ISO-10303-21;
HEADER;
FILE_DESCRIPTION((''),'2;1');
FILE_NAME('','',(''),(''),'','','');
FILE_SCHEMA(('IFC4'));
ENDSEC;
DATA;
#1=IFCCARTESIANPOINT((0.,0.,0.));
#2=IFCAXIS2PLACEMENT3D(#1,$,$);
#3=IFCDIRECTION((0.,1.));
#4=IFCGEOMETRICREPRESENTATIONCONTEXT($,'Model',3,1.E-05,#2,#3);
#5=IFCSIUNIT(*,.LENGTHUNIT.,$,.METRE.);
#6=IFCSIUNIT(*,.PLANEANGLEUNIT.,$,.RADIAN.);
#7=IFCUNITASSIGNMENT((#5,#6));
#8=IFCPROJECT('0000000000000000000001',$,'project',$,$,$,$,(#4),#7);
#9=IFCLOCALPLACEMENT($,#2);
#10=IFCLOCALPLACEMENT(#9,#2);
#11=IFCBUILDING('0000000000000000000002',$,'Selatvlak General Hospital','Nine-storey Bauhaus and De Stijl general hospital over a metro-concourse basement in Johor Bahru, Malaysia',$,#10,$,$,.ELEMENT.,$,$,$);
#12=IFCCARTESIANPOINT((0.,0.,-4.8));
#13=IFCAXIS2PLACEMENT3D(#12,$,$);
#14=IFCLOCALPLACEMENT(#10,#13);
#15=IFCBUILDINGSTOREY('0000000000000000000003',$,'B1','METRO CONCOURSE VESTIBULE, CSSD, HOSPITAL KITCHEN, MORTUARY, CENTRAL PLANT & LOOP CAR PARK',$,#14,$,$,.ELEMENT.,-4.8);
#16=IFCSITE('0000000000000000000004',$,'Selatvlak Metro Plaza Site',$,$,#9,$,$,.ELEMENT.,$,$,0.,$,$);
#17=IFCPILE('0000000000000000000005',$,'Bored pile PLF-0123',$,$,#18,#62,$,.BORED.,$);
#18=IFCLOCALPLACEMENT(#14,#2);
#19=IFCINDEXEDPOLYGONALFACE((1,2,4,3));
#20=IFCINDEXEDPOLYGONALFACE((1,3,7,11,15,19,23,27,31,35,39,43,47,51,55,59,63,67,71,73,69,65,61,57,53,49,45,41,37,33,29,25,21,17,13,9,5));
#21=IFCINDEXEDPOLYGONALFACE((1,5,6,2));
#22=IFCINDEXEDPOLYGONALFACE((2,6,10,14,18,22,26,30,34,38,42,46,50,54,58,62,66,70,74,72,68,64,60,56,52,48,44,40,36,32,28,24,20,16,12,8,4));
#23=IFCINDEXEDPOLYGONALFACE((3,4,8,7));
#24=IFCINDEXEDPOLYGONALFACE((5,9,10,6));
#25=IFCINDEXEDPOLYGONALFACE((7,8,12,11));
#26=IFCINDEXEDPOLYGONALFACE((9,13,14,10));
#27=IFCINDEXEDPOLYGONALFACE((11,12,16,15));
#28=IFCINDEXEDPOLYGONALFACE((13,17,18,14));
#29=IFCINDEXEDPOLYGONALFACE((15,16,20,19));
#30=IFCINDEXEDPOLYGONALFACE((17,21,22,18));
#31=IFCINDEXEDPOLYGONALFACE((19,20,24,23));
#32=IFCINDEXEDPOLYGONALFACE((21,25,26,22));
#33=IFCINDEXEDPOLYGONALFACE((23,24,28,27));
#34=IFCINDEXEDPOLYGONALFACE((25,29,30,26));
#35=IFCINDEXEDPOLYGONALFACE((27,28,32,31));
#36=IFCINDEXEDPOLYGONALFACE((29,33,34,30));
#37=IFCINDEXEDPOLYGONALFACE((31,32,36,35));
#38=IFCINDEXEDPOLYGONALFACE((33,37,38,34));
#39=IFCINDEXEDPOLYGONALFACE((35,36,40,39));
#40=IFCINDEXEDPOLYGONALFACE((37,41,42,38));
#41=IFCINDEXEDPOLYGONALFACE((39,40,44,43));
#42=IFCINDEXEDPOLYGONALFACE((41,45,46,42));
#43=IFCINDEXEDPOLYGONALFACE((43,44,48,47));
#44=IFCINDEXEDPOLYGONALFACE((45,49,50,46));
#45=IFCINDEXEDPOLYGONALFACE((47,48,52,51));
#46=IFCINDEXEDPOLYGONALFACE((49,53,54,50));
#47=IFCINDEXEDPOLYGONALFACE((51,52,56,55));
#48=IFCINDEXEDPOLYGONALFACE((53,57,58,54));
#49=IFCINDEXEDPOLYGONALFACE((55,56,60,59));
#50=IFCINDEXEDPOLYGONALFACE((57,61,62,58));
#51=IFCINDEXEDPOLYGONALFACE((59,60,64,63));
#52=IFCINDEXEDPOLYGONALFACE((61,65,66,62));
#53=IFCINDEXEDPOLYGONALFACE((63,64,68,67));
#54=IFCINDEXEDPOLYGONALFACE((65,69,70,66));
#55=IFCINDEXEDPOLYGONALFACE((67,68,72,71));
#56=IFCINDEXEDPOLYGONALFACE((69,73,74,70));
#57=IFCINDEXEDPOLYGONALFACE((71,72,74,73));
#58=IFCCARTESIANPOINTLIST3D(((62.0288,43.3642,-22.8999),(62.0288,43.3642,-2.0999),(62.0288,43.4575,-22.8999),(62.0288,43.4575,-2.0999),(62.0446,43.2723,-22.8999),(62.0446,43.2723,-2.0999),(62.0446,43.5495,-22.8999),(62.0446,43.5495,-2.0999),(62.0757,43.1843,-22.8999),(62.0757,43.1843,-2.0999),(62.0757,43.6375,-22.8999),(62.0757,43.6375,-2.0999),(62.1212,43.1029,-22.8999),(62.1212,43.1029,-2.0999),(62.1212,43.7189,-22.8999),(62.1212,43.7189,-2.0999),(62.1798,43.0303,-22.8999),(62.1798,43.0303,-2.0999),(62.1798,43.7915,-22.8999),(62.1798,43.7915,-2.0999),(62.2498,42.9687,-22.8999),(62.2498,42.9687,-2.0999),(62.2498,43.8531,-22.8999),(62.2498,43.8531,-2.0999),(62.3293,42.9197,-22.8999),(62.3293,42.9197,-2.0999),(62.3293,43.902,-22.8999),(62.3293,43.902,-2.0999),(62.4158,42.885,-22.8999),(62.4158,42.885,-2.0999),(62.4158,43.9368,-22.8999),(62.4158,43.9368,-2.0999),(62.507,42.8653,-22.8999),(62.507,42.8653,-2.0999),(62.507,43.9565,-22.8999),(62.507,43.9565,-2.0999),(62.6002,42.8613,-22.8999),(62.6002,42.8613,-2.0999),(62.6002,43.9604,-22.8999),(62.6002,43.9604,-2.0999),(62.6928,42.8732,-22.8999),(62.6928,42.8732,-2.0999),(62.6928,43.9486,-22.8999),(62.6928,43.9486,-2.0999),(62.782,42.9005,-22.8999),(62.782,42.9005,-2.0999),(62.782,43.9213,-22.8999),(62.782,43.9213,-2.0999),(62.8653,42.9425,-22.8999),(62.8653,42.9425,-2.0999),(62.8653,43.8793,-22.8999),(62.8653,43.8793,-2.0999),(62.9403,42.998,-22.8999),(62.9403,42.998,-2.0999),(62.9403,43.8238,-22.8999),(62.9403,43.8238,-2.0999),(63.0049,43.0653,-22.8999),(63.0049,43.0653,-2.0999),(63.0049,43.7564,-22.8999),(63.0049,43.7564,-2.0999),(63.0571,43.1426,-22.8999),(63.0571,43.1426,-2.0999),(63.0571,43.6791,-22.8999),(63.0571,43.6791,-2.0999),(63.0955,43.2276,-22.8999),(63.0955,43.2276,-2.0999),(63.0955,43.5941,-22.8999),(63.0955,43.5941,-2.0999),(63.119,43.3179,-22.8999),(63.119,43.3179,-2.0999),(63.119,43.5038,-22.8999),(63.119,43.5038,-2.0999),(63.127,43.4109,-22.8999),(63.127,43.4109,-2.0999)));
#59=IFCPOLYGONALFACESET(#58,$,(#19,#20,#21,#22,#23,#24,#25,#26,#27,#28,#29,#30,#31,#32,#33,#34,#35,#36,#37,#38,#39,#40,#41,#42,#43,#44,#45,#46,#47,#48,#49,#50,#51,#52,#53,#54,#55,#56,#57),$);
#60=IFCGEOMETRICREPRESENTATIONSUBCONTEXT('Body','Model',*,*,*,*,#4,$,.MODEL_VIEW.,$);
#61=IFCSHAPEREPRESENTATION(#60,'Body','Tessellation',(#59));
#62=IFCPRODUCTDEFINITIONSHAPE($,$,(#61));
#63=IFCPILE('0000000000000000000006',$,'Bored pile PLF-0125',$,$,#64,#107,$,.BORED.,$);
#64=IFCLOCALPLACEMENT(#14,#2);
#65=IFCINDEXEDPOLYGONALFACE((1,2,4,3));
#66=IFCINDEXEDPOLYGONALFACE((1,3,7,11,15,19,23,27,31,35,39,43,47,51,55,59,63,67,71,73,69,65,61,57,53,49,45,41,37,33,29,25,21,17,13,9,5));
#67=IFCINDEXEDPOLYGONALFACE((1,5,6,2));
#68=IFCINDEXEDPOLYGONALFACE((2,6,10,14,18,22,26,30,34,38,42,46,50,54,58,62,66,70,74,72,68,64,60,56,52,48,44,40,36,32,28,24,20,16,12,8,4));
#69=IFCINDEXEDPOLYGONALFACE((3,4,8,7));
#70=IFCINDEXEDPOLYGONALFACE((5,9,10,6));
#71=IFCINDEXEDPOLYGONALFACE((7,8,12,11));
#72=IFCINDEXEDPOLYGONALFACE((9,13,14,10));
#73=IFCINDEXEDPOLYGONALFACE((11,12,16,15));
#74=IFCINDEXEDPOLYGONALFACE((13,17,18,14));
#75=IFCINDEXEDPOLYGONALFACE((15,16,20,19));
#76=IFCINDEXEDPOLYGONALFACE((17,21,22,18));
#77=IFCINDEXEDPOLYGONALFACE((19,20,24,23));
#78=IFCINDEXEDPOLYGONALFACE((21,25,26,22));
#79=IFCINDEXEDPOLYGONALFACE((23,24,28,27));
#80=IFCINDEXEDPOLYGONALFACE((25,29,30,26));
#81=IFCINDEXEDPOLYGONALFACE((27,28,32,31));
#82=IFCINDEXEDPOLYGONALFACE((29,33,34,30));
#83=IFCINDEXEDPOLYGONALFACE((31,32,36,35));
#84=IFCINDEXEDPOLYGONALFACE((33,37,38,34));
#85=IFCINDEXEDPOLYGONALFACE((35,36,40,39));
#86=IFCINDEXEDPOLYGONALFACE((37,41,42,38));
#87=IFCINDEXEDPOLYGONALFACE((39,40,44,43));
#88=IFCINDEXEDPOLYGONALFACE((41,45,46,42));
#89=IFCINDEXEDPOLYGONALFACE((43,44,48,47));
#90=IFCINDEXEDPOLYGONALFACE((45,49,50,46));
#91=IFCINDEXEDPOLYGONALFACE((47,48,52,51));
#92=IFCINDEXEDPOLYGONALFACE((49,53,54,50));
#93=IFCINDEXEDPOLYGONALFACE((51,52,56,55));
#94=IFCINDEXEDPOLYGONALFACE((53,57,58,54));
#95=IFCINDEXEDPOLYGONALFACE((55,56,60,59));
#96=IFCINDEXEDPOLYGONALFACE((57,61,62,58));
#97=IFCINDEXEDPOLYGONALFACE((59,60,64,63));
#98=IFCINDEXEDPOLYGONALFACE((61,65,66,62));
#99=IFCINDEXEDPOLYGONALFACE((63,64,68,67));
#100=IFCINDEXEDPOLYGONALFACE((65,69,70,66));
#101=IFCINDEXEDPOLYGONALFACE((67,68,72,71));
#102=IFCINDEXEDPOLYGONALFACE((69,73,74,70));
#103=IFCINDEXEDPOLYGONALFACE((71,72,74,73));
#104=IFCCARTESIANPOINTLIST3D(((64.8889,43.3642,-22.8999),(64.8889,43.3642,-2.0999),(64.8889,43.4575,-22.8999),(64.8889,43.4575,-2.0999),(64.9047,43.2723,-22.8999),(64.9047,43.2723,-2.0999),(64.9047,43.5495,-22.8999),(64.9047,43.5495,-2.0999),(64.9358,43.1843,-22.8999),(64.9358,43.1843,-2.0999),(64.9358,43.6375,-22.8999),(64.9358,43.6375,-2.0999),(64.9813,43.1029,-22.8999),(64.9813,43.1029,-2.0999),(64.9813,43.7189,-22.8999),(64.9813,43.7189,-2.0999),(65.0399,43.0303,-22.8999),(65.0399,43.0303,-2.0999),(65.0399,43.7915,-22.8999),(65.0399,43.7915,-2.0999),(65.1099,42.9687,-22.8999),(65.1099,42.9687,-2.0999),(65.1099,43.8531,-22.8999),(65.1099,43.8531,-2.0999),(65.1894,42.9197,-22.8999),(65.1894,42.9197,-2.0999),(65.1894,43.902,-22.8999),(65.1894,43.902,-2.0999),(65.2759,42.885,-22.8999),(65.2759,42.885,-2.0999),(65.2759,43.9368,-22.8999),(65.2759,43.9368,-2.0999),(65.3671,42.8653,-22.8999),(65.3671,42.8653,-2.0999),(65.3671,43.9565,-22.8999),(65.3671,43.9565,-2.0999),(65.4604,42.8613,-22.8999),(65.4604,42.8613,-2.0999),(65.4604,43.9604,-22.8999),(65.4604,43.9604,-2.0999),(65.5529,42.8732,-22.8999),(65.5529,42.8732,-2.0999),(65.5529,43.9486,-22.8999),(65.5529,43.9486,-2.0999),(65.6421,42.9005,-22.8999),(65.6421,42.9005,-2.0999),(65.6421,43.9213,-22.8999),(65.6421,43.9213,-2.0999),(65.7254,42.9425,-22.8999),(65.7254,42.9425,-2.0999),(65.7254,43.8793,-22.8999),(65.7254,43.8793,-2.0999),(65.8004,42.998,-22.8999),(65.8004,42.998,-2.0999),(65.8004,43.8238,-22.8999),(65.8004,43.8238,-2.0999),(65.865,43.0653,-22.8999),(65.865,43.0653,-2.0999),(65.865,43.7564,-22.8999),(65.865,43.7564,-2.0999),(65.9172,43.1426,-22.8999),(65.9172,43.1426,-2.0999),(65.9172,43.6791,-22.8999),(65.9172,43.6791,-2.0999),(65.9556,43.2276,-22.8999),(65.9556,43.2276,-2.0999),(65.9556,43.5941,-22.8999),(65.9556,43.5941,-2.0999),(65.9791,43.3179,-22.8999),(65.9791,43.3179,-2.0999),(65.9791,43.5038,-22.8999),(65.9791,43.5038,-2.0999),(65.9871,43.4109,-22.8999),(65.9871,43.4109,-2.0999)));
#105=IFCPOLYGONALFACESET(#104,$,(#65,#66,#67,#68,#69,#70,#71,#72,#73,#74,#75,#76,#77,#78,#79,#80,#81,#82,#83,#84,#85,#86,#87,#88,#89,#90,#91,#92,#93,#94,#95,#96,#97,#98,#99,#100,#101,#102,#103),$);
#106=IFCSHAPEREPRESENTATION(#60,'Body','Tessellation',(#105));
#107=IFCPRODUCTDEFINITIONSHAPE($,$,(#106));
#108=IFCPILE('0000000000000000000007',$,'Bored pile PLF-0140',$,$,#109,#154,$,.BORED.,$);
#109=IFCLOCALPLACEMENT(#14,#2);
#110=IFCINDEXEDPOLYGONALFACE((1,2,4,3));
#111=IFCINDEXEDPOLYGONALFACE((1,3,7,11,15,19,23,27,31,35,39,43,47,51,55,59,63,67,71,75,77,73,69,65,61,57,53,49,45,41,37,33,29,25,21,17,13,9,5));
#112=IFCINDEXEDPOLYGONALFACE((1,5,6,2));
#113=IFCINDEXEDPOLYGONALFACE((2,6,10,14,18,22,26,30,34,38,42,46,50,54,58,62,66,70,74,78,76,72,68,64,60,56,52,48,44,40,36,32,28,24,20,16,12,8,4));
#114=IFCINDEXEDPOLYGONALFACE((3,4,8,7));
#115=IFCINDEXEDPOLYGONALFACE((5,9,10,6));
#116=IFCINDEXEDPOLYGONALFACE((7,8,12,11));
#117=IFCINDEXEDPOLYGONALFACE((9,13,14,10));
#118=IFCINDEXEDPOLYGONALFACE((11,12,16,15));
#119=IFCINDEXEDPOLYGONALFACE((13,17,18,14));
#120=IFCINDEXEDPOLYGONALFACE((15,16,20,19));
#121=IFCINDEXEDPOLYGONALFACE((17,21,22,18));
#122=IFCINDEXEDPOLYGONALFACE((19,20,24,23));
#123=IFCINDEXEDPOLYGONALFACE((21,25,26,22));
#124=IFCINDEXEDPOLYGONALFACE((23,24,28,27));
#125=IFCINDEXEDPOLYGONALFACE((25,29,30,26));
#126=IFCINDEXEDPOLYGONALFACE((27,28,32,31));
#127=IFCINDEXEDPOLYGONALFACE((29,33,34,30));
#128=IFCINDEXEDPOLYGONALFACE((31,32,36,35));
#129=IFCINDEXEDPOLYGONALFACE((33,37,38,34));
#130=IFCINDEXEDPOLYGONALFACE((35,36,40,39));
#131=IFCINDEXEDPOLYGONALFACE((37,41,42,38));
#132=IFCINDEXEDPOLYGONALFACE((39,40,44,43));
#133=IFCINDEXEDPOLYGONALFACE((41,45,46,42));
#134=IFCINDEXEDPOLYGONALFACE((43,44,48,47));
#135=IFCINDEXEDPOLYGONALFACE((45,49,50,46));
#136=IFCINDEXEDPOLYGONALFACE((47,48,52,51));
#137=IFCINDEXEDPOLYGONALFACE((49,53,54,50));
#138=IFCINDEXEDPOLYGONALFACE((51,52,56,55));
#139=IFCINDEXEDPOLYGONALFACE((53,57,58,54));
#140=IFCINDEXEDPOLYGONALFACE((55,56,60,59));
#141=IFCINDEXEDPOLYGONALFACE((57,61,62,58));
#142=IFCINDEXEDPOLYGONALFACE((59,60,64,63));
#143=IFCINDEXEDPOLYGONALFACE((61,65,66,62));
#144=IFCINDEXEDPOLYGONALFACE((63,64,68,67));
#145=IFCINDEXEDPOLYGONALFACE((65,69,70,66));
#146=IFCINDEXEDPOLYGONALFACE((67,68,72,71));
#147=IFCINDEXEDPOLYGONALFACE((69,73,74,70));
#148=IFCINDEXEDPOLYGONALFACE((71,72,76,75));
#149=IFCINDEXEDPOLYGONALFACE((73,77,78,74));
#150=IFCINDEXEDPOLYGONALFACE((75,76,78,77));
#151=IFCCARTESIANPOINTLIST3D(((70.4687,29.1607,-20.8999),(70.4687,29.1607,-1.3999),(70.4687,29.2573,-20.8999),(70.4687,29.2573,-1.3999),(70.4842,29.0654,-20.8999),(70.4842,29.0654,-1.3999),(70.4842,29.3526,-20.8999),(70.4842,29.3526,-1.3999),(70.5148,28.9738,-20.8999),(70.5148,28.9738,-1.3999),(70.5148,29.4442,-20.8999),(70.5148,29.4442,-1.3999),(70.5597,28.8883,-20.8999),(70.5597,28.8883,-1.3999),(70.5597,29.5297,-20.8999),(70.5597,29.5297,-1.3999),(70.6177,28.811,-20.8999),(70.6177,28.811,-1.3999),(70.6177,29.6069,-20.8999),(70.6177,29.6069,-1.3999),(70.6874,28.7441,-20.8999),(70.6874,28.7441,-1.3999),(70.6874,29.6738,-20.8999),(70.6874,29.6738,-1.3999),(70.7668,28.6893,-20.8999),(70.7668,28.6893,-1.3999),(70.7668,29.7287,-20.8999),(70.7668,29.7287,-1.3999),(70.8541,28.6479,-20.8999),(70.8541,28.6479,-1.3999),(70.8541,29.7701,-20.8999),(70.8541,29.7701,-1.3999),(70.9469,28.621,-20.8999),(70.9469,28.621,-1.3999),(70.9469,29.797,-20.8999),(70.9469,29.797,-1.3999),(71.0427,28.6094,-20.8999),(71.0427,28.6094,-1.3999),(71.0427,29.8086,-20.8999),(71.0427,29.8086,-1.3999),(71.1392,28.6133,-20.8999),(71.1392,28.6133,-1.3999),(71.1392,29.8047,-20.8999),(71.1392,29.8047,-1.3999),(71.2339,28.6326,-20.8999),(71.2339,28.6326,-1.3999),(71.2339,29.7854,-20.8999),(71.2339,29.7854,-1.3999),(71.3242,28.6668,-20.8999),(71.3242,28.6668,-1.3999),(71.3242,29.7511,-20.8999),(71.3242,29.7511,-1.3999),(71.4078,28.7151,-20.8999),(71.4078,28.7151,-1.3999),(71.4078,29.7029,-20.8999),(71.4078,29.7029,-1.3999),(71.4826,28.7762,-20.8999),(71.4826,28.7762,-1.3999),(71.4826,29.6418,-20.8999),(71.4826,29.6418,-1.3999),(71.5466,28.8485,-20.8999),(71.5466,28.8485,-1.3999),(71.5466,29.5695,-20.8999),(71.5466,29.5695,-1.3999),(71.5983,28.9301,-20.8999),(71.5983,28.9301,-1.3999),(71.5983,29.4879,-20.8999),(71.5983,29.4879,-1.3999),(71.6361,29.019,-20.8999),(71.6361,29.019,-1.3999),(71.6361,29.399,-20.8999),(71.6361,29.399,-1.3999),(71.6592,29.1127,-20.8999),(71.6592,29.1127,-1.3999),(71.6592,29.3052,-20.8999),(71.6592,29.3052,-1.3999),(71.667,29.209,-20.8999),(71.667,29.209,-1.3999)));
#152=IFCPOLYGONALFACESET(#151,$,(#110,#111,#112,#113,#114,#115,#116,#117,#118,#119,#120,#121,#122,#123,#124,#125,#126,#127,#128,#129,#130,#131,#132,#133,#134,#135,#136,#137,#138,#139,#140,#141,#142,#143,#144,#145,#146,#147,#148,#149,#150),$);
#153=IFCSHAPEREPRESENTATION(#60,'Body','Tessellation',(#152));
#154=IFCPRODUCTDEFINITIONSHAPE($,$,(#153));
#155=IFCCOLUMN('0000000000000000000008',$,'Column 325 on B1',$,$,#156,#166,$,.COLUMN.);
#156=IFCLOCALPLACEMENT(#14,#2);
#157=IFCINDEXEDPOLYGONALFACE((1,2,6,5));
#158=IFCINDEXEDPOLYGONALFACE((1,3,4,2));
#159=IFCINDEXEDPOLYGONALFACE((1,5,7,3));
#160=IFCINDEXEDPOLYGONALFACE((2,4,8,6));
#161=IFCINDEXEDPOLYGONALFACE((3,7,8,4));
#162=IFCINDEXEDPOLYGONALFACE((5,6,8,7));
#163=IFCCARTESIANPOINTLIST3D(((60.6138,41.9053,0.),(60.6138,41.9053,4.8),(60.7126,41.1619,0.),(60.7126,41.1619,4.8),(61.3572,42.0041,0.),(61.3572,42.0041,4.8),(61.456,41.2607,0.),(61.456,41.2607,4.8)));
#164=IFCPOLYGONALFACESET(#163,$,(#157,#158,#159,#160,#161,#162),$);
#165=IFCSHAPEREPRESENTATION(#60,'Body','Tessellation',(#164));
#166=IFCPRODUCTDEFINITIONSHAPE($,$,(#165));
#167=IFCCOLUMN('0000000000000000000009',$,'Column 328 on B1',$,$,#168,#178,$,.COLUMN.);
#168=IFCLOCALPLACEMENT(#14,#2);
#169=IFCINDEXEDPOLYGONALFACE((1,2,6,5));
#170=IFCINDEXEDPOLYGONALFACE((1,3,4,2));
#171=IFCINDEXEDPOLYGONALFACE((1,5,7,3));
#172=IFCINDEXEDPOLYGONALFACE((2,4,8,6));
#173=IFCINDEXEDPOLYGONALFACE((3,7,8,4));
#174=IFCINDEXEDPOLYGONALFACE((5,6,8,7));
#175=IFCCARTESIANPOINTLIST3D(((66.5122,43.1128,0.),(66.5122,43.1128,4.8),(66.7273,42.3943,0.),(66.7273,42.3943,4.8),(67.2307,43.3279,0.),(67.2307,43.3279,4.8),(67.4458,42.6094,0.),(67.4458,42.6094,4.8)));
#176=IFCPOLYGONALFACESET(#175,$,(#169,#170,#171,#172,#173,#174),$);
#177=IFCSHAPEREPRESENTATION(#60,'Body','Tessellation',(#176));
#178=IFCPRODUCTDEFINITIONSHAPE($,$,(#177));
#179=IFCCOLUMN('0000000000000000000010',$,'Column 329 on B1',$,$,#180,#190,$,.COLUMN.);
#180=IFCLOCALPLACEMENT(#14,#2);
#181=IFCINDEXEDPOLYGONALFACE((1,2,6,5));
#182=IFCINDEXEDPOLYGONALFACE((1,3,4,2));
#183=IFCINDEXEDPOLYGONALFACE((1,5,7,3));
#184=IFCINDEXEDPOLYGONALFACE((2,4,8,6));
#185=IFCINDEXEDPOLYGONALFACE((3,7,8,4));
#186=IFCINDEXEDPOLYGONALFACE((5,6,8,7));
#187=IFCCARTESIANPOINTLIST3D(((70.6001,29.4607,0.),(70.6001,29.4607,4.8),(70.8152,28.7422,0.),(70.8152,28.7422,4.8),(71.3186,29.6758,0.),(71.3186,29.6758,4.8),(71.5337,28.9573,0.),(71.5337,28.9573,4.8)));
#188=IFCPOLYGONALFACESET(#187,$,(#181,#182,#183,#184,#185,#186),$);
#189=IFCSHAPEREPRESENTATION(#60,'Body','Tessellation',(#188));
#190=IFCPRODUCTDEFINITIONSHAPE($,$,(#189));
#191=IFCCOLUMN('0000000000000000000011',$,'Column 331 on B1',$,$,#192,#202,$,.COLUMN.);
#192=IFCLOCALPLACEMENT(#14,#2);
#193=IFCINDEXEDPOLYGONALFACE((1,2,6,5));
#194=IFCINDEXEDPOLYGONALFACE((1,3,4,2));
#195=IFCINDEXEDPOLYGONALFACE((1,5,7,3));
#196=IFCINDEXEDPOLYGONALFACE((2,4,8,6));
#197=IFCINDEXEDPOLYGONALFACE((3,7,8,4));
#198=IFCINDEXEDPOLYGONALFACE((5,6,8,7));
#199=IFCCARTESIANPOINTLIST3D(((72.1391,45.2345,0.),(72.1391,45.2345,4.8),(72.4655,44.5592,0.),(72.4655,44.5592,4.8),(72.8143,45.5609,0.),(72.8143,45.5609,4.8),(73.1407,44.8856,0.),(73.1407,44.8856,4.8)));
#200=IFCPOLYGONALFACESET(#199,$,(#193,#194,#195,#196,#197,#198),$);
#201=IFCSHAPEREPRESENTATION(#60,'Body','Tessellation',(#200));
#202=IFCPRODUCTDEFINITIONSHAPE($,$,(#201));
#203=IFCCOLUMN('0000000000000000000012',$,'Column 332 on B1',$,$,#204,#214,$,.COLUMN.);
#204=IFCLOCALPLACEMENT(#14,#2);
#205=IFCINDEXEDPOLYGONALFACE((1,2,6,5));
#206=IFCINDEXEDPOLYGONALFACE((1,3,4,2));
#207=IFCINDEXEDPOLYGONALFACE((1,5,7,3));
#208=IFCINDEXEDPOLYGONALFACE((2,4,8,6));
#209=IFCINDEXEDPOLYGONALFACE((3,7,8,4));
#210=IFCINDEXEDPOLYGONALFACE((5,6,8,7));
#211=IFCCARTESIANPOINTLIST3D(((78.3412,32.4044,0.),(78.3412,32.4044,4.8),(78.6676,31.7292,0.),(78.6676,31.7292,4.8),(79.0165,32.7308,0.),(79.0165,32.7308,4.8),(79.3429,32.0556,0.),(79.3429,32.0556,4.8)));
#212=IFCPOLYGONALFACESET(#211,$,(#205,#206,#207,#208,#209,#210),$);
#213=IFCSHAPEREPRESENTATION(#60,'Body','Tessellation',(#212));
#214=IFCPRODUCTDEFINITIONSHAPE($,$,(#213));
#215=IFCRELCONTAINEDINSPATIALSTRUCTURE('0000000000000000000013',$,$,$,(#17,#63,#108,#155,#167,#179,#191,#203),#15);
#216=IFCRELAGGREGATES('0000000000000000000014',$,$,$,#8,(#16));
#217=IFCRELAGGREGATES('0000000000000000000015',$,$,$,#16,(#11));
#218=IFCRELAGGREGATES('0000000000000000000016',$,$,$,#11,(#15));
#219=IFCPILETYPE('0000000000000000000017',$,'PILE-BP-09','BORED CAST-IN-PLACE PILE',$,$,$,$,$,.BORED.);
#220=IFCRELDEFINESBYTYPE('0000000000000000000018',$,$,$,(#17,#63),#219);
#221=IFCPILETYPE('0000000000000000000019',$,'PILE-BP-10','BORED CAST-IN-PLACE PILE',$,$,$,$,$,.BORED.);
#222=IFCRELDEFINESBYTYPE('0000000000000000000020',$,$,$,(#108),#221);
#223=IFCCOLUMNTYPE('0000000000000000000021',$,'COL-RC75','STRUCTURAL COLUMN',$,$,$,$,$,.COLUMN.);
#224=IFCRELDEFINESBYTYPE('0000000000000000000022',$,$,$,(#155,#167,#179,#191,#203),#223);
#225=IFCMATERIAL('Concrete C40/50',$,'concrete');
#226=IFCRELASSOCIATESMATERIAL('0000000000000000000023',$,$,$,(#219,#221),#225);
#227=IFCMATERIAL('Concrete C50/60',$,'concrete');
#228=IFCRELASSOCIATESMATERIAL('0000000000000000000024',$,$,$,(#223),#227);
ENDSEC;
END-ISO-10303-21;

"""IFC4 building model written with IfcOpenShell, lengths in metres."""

from ifc_helpers import new_model, si_unit, direction, frame, origin, origin_2d, place, context, subcontext, project, spatial, rectangle, circle, extrude, material, material_profile, profile_set, type_object, element, save


model = new_model("IFC4")

# Units and contexts
model_context = context("Model", 3, precision=1e-05, world=origin(), true_north=direction((0.0, 1.0)))
body_context = subcontext(model_context, "Body", "Model", "MODEL_VIEW")
ifc_project = project(units=[si_unit("LENGTHUNIT", "METRE"), si_unit("PLANEANGLEUNIT", "RADIAN")], contexts=[model_context])

# Site, building, storey
site_placement = place(None, origin())
site = spatial("IfcSite", under=ifc_project, at=site_placement, Name="Selatvlak Metro Plaza Site", CompositionType="ELEMENT", RefElevation=0.0)
building_placement = place(site_placement, origin())
building = spatial("IfcBuilding", under=site, at=building_placement, Name="Selatvlak General Hospital", Description="Nine-storey Bauhaus and De Stijl general hospital over a metro-concourse basement in Johor Bahru, Malaysia", CompositionType="ELEMENT")
storey_placement = place(building_placement, frame((0.0, 0.0, -4.8)))
storey = spatial("IfcBuildingStorey", under=building, at=storey_placement, Name="B1", Description="METRO CONCOURSE VESTIBULE, CSSD, HOSPITAL KITCHEN, MORTUARY, CENTRAL PLANT & LOOP CAR PARK", CompositionType="ELEMENT", Elevation=-4.8)

# Shared definitions
ifc_material_1 = material(Name="Concrete C40/50", Category="concrete")

# Piles
ifc_material_profile_1 = material_profile(ifc_material_1, circle(Radius=0.55, at=origin_2d()), Name="BORED PILE 1100")
ifc_profile_set_1 = profile_set([ifc_material_profile_1], Name="Concrete C40/50")
pile_type_1 = type_object("IfcPileType", Name="PILE-BP-09", Description="BORED CAST-IN-PLACE PILE", PredefinedType="BORED", material=ifc_profile_set_1)
for number, where, z_axis, x_axis, name in (
    (1, (62.5769, 43.4109, -2.0999), (0.0, 0.0, -1.0), (1.0, 0.0, 0.0), "Bored pile PLF-0123"),
    (2, (65.437, 43.4109, -2.0999), (0.0, 0.0, -1.0), (1.0, 0.0, 0.0), "Bored pile PLF-0125"),
):
    element("IfcPile", number, at=place(storey_placement, frame(where, z_axis=z_axis, x_axis=x_axis)), inside=storey, type_object=pile_type_1, Name=name, PredefinedType="BORED", context=body_context, shape_type="SweptSolid", body=[
        extrude(circle(Radius=0.55, at=origin_2d()), origin(), (0.0, 0.0, 1.0), 20.8),
    ])
ifc_material_profile_2 = material_profile(ifc_material_1, circle(Radius=0.6001, at=origin_2d()), Name="BORED PILE 1200")
ifc_profile_set_2 = profile_set([ifc_material_profile_2], Name="Concrete C40/50")
pile_type_2 = type_object("IfcPileType", Name="PILE-BP-10", Description="BORED CAST-IN-PLACE PILE", PredefinedType="BORED", material=ifc_profile_set_2)
pile_1_placement = place(storey_placement, frame((71.0669, 29.209, -1.3999), z_axis=(0.0, 0.0, -1.0), x_axis=(1.0, 0.0, 0.0)))
element("IfcPile", 3, at=pile_1_placement, inside=storey, type_object=pile_type_2, Name="Bored pile PLF-0140", PredefinedType="BORED", context=body_context, shape_type="SweptSolid", body=[
    extrude(circle(Radius=0.6001, at=origin_2d()), origin(), (0.0, 0.0, 1.0), 19.5),
])

# Columns
ifc_material_2 = material(Name="Concrete C50/60", Category="concrete")
ifc_material_profile_3 = material_profile(ifc_material_2, rectangle(XDim=0.75, YDim=0.75, at=origin_2d()), Name="RC-COL 750x750")
ifc_profile_set_3 = profile_set([ifc_material_profile_3], Name="Concrete C50/60")
column_type_1 = type_object("IfcColumnType", Name="COL-RC75", Description="STRUCTURAL COLUMN", PredefinedType="COLUMN", material=ifc_profile_set_3)
for number, where, z_axis, x_axis, name in (
    (4, (61.0349, 41.583, 0.0), (0.0, 0.0, 1.0), (-0.131737, 0.991285, 0.0), "Column 325 on B1"),
    (5, (66.979, 42.8611, 0.0), (0.0, 0.0, 1.0), (-0.286859, 0.957973, 0.0), "Column 328 on B1"),
    (6, (71.0669, 29.209, 0.0), (0.0, 0.0, 1.0), (-0.286859, 0.957973, 0.0), "Column 329 on B1"),
    (7, (72.6399, 45.0601, 0.0), (0.0, 0.0, 1.0), (-0.4352, 0.900334, 0.0), "Column 331 on B1"),
    (8, (78.842, 32.23, 0.0), (0.0, 0.0, 1.0), (-0.4352, 0.900334, 0.0), "Column 332 on B1"),
):
    element("IfcColumn", number, at=place(storey_placement, frame(where, z_axis=z_axis, x_axis=x_axis)), inside=storey, type_object=column_type_1, Name=name, PredefinedType="COLUMN", context=body_context, shape_type="SweptSolid", body=[
        extrude(rectangle(XDim=0.75, YDim=0.75, at=origin_2d()), origin(), (0.0, 0.0, 1.0), 4.8),
    ])

save(model, "model.ifc")
